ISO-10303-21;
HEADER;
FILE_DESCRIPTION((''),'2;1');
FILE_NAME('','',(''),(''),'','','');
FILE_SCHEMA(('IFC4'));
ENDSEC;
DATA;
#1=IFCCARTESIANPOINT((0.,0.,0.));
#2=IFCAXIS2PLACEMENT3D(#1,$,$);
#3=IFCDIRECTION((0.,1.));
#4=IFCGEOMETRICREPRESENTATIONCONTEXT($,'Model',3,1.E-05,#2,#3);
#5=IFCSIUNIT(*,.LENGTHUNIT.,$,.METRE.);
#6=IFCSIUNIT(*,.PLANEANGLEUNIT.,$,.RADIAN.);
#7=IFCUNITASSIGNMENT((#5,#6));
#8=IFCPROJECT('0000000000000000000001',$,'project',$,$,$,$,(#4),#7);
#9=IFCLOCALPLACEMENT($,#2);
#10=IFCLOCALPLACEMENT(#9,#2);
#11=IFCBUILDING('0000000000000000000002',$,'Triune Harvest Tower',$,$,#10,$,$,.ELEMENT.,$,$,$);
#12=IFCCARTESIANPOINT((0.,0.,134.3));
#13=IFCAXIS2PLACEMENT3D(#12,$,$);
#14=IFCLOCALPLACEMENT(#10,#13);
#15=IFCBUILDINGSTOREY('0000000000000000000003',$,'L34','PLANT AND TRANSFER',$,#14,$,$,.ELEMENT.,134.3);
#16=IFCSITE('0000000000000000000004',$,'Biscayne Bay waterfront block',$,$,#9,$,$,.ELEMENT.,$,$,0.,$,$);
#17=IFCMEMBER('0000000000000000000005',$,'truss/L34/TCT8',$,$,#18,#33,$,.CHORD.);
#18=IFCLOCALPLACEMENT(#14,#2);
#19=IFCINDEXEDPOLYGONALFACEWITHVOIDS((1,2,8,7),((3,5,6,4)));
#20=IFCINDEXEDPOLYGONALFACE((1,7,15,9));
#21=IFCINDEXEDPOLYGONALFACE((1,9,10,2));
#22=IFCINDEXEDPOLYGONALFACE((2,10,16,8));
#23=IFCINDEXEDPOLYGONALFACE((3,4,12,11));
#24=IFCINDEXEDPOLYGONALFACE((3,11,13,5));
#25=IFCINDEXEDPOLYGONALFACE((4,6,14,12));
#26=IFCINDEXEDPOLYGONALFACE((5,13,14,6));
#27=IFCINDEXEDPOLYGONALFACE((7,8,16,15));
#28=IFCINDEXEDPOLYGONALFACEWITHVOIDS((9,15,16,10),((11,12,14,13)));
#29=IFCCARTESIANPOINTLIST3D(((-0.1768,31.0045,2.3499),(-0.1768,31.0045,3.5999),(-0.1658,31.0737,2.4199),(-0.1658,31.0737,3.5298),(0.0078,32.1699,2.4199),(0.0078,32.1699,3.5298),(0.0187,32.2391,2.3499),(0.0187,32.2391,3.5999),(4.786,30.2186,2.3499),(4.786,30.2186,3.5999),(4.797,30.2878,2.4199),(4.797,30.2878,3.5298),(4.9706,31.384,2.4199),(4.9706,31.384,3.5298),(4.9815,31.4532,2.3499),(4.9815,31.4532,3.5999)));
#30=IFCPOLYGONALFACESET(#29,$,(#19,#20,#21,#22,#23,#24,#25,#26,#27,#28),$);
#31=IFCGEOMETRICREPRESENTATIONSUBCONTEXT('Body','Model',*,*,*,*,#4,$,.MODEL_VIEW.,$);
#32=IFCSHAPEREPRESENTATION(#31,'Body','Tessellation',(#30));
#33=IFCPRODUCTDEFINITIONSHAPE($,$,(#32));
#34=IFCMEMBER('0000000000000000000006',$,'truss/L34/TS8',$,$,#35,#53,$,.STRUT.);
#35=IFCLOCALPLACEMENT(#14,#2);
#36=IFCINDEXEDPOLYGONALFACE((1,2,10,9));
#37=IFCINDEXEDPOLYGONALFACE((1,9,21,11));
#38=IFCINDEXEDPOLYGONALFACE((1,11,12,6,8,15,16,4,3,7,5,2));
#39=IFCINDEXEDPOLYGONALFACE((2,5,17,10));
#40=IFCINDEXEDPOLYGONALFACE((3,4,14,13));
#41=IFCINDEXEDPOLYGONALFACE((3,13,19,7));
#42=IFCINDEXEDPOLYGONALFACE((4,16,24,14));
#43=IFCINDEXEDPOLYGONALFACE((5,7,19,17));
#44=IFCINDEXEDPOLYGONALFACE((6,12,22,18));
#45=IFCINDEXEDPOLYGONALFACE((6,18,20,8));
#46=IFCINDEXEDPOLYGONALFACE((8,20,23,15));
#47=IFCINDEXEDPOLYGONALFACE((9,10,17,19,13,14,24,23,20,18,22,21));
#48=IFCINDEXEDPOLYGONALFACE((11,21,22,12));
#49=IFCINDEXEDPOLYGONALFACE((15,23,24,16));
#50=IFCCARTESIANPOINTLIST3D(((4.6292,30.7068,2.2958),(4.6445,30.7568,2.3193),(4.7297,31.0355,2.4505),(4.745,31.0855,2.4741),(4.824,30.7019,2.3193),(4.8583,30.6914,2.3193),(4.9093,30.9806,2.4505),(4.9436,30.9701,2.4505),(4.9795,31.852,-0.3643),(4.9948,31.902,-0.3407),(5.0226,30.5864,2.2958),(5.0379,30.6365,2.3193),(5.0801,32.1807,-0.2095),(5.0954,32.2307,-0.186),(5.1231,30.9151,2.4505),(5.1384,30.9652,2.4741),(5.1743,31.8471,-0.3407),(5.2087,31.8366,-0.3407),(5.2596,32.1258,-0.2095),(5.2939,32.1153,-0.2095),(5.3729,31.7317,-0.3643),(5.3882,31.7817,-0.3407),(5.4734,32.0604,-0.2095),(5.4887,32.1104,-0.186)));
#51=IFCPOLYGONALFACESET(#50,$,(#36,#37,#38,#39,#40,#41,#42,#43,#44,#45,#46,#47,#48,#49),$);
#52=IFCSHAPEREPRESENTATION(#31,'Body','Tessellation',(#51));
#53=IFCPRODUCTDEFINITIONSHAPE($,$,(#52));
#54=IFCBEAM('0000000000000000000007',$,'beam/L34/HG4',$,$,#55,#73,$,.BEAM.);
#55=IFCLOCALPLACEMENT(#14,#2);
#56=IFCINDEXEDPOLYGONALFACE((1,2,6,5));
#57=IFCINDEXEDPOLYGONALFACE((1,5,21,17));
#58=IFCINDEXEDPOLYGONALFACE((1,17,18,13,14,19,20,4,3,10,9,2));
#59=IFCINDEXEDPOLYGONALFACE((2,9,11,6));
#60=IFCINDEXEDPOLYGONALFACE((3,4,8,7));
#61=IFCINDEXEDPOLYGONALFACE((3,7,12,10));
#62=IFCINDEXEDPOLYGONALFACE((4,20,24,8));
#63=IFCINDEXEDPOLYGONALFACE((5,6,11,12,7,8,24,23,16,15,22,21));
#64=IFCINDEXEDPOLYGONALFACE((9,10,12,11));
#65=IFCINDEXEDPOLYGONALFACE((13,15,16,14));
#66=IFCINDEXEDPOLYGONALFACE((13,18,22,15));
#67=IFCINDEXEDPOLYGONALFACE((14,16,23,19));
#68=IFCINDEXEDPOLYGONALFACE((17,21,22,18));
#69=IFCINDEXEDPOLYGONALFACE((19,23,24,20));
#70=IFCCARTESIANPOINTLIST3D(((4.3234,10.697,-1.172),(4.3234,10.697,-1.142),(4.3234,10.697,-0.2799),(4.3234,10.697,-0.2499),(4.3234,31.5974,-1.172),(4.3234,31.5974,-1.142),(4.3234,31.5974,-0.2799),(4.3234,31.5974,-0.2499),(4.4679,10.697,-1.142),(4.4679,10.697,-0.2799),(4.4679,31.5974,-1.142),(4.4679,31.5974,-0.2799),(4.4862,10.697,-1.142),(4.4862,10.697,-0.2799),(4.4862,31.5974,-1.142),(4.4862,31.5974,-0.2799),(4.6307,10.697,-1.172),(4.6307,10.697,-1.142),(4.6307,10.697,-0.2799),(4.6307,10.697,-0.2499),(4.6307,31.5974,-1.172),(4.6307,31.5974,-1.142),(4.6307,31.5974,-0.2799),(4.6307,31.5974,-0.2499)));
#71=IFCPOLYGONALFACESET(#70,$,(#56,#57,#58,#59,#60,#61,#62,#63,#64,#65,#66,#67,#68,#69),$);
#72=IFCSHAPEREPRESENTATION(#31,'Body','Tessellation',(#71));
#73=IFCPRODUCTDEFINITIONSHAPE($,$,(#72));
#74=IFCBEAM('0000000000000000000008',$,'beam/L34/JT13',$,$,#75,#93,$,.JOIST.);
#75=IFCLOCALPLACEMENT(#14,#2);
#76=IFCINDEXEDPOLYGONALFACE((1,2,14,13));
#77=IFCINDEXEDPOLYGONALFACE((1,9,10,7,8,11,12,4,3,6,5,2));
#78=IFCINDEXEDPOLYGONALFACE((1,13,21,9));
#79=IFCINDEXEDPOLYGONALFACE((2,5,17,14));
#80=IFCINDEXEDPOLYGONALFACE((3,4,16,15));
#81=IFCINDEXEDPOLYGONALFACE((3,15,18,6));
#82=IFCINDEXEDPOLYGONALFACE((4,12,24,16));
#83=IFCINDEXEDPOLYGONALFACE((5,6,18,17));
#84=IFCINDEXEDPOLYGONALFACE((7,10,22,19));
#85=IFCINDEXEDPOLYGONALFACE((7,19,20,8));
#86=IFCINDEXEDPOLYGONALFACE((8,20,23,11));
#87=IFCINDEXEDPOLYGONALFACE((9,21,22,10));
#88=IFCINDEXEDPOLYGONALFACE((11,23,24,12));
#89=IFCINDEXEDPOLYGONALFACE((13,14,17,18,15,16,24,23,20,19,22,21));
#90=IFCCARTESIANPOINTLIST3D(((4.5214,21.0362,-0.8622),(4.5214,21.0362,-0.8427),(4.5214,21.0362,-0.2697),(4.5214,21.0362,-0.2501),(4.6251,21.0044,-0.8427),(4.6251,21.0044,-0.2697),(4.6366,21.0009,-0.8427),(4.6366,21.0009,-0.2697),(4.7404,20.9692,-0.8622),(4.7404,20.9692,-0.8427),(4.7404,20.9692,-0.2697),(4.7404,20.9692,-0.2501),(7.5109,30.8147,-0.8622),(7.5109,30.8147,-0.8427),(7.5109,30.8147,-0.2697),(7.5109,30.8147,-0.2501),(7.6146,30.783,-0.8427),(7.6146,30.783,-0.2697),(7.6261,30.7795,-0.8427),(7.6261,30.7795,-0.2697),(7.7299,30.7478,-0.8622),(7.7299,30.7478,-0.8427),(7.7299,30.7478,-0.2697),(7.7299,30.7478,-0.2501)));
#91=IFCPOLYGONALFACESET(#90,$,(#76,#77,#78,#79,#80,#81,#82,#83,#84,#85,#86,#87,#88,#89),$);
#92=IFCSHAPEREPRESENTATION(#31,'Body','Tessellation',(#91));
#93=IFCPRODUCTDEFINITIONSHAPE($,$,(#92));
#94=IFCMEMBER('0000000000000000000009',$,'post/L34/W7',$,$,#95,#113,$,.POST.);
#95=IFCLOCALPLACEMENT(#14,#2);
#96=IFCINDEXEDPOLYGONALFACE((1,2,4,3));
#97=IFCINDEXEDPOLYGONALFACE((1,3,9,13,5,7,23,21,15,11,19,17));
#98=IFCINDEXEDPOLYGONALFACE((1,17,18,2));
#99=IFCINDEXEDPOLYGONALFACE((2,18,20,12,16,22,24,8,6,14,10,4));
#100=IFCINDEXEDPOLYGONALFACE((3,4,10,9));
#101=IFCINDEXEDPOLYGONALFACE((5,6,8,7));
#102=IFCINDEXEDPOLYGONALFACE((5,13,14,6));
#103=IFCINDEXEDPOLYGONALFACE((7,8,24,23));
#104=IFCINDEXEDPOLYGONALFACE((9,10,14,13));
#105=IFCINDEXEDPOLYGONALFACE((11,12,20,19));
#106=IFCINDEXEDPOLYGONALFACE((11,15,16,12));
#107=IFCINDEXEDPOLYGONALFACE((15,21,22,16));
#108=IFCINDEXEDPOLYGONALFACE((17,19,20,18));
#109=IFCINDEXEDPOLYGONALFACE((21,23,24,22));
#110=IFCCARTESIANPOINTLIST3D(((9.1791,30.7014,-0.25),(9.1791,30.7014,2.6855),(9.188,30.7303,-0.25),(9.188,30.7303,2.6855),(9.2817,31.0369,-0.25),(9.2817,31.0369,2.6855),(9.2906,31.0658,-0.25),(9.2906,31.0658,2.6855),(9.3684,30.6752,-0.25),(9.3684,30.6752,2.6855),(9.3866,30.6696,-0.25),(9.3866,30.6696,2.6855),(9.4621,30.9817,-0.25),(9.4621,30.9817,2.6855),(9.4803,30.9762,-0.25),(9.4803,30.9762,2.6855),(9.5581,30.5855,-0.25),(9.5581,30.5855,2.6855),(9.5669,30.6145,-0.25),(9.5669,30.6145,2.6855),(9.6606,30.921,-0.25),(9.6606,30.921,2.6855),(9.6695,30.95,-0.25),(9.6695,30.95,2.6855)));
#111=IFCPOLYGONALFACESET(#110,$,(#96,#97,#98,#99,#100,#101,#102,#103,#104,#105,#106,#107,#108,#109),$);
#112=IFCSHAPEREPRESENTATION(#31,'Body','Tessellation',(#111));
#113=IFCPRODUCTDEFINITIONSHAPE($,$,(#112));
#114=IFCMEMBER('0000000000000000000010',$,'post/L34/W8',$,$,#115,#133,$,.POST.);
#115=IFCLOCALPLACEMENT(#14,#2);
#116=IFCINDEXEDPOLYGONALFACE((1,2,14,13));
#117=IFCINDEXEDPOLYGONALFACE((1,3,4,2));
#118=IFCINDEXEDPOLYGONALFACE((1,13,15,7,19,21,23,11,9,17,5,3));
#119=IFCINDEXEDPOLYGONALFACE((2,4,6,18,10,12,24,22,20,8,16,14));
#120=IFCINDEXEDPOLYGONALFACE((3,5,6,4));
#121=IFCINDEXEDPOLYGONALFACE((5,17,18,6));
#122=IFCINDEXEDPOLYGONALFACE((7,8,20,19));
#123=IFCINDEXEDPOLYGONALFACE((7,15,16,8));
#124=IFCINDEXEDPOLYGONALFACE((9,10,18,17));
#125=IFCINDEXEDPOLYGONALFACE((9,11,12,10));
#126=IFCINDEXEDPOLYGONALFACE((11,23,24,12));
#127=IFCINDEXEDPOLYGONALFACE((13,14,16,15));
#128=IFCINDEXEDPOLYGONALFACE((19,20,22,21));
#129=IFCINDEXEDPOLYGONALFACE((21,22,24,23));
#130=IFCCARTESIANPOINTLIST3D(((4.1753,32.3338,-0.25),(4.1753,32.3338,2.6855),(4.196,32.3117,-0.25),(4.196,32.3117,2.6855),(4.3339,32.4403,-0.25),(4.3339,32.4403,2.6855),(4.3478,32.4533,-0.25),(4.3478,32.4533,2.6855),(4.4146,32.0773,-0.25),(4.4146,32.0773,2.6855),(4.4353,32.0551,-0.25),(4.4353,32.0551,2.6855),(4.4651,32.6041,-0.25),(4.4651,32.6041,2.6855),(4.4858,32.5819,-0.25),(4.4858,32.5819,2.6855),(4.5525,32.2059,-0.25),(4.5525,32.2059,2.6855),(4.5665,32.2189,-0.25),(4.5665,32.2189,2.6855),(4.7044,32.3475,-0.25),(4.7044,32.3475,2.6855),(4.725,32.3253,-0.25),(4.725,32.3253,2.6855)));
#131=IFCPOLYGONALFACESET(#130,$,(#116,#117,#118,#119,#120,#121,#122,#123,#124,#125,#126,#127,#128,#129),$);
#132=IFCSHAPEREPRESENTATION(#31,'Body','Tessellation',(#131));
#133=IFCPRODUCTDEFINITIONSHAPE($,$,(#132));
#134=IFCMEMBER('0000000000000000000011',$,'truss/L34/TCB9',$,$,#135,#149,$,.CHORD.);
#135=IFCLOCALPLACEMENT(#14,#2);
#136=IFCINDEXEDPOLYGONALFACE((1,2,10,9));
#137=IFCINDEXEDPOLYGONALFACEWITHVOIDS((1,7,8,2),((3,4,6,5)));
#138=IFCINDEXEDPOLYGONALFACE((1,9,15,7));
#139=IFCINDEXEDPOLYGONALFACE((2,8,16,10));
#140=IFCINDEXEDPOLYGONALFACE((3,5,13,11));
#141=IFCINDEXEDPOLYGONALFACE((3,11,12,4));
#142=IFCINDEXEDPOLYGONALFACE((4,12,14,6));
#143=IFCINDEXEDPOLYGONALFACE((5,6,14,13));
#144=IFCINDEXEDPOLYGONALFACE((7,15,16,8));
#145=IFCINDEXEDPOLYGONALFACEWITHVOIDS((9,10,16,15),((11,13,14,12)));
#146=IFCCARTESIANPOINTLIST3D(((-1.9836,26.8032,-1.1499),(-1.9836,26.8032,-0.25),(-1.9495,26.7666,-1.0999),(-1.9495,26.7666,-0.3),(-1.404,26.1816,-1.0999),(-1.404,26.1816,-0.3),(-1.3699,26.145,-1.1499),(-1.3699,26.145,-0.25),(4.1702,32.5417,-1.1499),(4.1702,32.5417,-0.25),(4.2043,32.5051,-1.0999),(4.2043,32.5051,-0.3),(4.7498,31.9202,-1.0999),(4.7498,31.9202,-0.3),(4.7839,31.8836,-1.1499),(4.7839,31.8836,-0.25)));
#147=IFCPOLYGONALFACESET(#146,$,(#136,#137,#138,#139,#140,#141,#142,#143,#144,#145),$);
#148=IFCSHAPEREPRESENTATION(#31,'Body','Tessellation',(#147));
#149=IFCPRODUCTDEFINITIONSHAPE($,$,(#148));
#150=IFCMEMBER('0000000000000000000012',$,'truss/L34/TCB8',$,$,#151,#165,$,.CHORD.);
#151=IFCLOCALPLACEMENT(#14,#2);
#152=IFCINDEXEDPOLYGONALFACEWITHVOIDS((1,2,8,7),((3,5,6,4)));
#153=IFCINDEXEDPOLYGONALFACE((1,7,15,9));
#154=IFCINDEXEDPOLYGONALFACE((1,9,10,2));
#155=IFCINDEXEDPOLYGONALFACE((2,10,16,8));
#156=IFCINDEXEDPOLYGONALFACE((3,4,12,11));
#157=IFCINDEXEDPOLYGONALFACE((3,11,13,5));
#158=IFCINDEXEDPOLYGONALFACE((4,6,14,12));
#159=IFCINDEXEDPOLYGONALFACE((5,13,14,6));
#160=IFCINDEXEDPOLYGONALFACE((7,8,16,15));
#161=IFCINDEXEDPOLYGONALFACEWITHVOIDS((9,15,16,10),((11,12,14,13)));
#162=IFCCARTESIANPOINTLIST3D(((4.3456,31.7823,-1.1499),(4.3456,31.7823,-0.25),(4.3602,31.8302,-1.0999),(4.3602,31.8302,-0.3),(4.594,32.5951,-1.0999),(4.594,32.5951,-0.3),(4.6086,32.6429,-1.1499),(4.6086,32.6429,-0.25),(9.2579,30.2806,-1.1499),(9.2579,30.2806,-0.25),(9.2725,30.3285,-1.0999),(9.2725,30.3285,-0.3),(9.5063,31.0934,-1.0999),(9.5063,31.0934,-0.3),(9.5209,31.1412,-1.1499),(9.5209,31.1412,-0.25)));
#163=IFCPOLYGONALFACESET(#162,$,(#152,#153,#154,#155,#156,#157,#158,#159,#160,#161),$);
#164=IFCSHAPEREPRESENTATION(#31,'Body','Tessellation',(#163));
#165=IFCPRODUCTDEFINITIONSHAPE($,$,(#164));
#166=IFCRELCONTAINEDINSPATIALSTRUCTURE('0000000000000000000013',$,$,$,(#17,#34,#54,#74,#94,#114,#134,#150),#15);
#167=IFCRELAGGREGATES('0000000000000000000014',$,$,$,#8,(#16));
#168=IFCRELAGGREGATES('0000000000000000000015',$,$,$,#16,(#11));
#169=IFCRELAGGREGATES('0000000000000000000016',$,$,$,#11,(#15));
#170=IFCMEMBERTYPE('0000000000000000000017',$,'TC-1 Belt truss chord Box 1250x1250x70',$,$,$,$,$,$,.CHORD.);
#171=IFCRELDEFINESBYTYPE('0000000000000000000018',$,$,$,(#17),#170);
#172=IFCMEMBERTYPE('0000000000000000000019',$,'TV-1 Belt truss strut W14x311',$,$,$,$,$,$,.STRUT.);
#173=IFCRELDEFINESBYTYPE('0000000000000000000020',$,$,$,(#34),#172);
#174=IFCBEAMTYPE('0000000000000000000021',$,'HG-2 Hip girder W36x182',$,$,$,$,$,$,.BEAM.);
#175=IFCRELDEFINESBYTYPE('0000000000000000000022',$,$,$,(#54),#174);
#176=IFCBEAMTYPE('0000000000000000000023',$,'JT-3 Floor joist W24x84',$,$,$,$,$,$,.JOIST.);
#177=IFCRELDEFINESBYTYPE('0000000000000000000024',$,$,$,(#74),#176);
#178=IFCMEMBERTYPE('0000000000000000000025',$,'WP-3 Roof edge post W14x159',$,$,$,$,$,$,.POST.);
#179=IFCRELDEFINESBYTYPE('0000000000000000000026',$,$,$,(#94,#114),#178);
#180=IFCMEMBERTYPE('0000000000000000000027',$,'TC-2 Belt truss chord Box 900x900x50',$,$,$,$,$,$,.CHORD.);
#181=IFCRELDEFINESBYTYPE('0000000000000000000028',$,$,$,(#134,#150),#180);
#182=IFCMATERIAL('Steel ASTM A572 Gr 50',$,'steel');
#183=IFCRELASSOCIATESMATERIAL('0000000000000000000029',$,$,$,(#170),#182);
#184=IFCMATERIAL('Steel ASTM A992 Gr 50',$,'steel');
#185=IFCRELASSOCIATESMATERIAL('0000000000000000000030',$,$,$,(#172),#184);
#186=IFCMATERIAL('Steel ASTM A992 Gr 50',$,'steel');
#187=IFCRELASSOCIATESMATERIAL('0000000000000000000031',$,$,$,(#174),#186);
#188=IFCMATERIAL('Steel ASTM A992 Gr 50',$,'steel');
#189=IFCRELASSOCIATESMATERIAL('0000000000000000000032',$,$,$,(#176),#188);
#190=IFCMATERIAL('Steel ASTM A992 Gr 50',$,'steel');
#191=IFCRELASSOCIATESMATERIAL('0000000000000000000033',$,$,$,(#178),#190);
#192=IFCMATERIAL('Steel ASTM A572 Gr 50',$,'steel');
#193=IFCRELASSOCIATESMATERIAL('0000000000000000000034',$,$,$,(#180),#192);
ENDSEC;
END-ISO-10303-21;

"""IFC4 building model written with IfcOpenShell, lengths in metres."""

from ifc_helpers import new_model, si_unit, direction, frame, origin, origin_2d, place, context, subcontext, project, spatial, hollow_rectangle, i_section, extrude, source, transform, mapped, material, material_profile, profile_set, type_object, element, save


model = new_model("IFC4")

# Units and contexts
model_context = context("Model", 3, precision=1e-05, world=origin(), true_north=direction((0.0, 1.0)))
body_context = subcontext(model_context, "Body", "Model", "MODEL_VIEW")
ifc_project = project(units=[si_unit("LENGTHUNIT", "METRE"), si_unit("PLANEANGLEUNIT", "RADIAN")], contexts=[model_context])

# Site, building, storey
site_placement = place(None, origin())
site = spatial("IfcSite", under=ifc_project, at=site_placement, Name="Biscayne Bay waterfront block", CompositionType="ELEMENT", RefElevation=0.0)
building_placement = place(site_placement, origin())
building = spatial("IfcBuilding", under=site, at=building_placement, Name="Triune Harvest Tower", CompositionType="ELEMENT")
storey_placement = place(building_placement, frame((0.0, 0.0, 134.3)))
storey = spatial("IfcBuildingStorey", under=building, at=storey_placement, Name="L34", Description="PLANT AND TRANSFER", CompositionType="ELEMENT", Elevation=134.3)

# Members
ifc_material_1 = material(Name="Steel ASTM A572 Gr 50", Category="steel")
ifc_material_profile_1 = material_profile(ifc_material_1, hollow_rectangle(XDim=1.25, YDim=1.25, WallThickness=0.0701, at=origin_2d()), Name="Box 1250x1250x70")
ifc_profile_set_1 = profile_set([ifc_material_profile_1], Name="Steel ASTM A572 Gr 50")
member_type_1 = type_object("IfcMemberType", Name="TC-1 Belt truss chord Box 1250x1250x70", PredefinedType="CHORD", material=ifc_profile_set_1)
member_1_placement = place(storey_placement, frame((4.8838, 30.8359, 2.9749), z_axis=(-0.987693, 0.156404, 0.0), x_axis=(-0.156404, -0.987693, 0.0)))
element("IfcMember", 1, at=member_1_placement, inside=storey, type_object=member_type_1, Name="truss/L34/TCT8", PredefinedType="CHORD", context=body_context, shape_type="SweptSolid", body=[
    extrude(hollow_rectangle(XDim=1.25, YDim=1.25, WallThickness=0.0701, at=origin_2d()), origin(), (0.0, 0.0, 1.0), 5.0247),
])
ifc_material_2 = material(Name="Steel ASTM A992 Gr 50", Category="steel")
ifc_material_profile_2 = material_profile(ifc_material_2, i_section(OverallWidth=0.4114, OverallDepth=0.4343, WebThickness=0.0359, FlangeThickness=0.0574, at=origin_2d()), Name="W14x311")
ifc_profile_set_2 = profile_set([ifc_material_profile_2], Name="Steel ASTM A992 Gr 50")
member_type_2 = type_object("IfcMemberType", Name="TV-1 Belt truss strut W14x311", PredefinedType="STRUT", material=ifc_profile_set_2)
member_2_placement = place(storey_placement, frame((5.2341, 31.9812, -0.2751), z_axis=(-0.12009, -0.392573, 0.911847), x_axis=(0.956258, -0.292524, 0.0)))
element("IfcMember", 2, at=member_2_placement, inside=storey, type_object=member_type_2, Name="truss/L34/TS8", PredefinedType="STRUT", context=body_context, shape_type="SweptSolid", body=[
    extrude(i_section(OverallWidth=0.4114, OverallDepth=0.4343, WebThickness=0.0359, FlangeThickness=0.0574, at=origin_2d()), origin(), (0.0, 0.0, 1.0), 2.9172),
])

# Beams
ifc_material_3 = material(Name="Steel ASTM A992 Gr 50", Category="steel")
ifc_material_profile_3 = material_profile(ifc_material_3, i_section(OverallWidth=0.3074, OverallDepth=0.9221, WebThickness=0.0183, FlangeThickness=0.03, at=origin_2d()), Name="W36x182")
ifc_profile_set_3 = profile_set([ifc_material_profile_3], Name="Steel ASTM A992 Gr 50")
beam_type_1 = type_object("IfcBeamType", Name="HG-2 Hip girder W36x182", PredefinedType="BEAM", material=ifc_profile_set_3)
shared_shape_1 = source(origin(), body_context, "Body", "SweptSolid", [
    extrude(i_section(OverallWidth=0.3074, OverallDepth=0.9221, WebThickness=0.0183, FlangeThickness=0.03, at=origin_2d()), origin(), (0.0, 0.0, 1.0), 20.9004),
])
beam_1_placement = place(storey_placement, frame((4.4771, 31.5974, -0.7109), z_axis=(0.0, -1.0, 0.0), x_axis=(1.0, 0.0, 0.0)))
element("IfcBeam", 3, at=beam_1_placement, inside=storey, type_object=beam_type_1, Name="beam/L34/HG4", PredefinedType="BEAM", context=body_context, shape_type="MappedRepresentation", body=[
    mapped(shared_shape_1, transform((0.0, 0.0, 0.0), scale=1.0)),
])
ifc_material_4 = material(Name="Steel ASTM A992 Gr 50", Category="steel")
ifc_material_profile_4 = material_profile(ifc_material_4, i_section(OverallWidth=0.229, OverallDepth=0.6121, WebThickness=0.012, FlangeThickness=0.0195, at=origin_2d()), Name="W24x84")
ifc_profile_set_4 = profile_set([ifc_material_profile_4], Name="Steel ASTM A992 Gr 50")
beam_type_2 = type_object("IfcBeamType", Name="JT-3 Floor joist W24x84", PredefinedType="JOIST", material=ifc_profile_set_4)
shared_shape_2 = source(origin(), body_context, "Body", "SweptSolid", [
    extrude(i_section(OverallWidth=0.229, OverallDepth=0.6121, WebThickness=0.012, FlangeThickness=0.0195, at=origin_2d()), origin(), (0.0, 0.0, 1.0), 10.2253),
])
beam_2_placement = place(storey_placement, frame((7.6204, 30.7812, -0.5562), z_axis=(-0.292362, -0.956308, 0.0), x_axis=(0.956308, -0.292362, 0.0)))
element("IfcBeam", 4, at=beam_2_placement, inside=storey, type_object=beam_type_2, Name="beam/L34/JT13", PredefinedType="JOIST", context=body_context, shape_type="MappedRepresentation", body=[
    mapped(shared_shape_2, transform((0.0, 0.0, 0.0), scale=1.0)),
])

# Members
ifc_material_5 = material(Name="Steel ASTM A992 Gr 50", Category="steel")
ifc_material_profile_5 = material_profile(ifc_material_5, i_section(OverallWidth=0.3962, OverallDepth=0.3811, WebThickness=0.019, FlangeThickness=0.0303, at=origin_2d()), Name="W14x159")
ifc_profile_set_5 = profile_set([ifc_material_profile_5], Name="Steel ASTM A992 Gr 50")
member_type_3 = type_object("IfcMemberType", Name="WP-3 Roof edge post W14x159", PredefinedType="POST", material=ifc_profile_set_5)
shared_shape_3 = source(origin(), body_context, "Body", "SweptSolid", [
    extrude(i_section(OverallWidth=0.3962, OverallDepth=0.3811, WebThickness=0.019, FlangeThickness=0.0303, at=origin_2d()), origin(), (0.0, 0.0, 1.0), 2.9355),
])
for number, where, z_axis, x_axis, name in (
    (5, (9.4243, 30.8257, -0.25), (0.0, 0.0, 1.0), (-0.956305, 0.292372, 0.0), "post/L34/W7"),
    (6, (4.4502, 32.3296, -0.25), (0.0, 0.0, 1.0), (-0.731355, -0.681997, 0.0), "post/L34/W8"),
):
    element("IfcMember", number, at=place(storey_placement, frame(where, z_axis=z_axis, x_axis=x_axis)), inside=storey, type_object=member_type_3, Name=name, PredefinedType="POST", context=body_context, shape_type="MappedRepresentation", body=[
        mapped(shared_shape_3, transform((0.0, 0.0, 0.0), scale=1.0)),
    ])
ifc_material_6 = material(Name="Steel ASTM A572 Gr 50", Category="steel")
ifc_material_profile_6 = material_profile(ifc_material_6, hollow_rectangle(XDim=0.8999, YDim=0.8999, WallThickness=0.05, at=origin_2d()), Name="Box 900x900x50")
ifc_profile_set_6 = profile_set([ifc_material_profile_6], Name="Steel ASTM A572 Gr 50")
member_type_4 = type_object("IfcMemberType", Name="TC-2 Belt truss chord Box 900x900x50", PredefinedType="CHORD", material=ifc_profile_set_6)
shared_shape_4 = source(origin(), body_context, "Body", "SweptSolid", [
    extrude(hollow_rectangle(XDim=0.8999, YDim=0.8999, WallThickness=0.05, at=origin_2d()), origin(), (0.0, 0.0, 1.0), 8.4143),
])
member_3_placement = place(storey_placement, frame((4.4771, 32.2126, -0.7), z_axis=(-0.731353, -0.681999, 0.0), x_axis=(0.681999, -0.731353, 0.0)))
element("IfcMember", 7, at=member_3_placement, inside=storey, type_object=member_type_4, Name="truss/L34/TCB9", PredefinedType="CHORD", context=body_context, shape_type="MappedRepresentation", body=[
    mapped(shared_shape_4, transform((0.0, 0.0, 0.0), scale=1.0)),
])
shared_shape_5 = source(origin(), body_context, "Body", "SweptSolid", [
    extrude(hollow_rectangle(XDim=0.8999, YDim=0.8999, WallThickness=0.05, at=origin_2d()), origin(), (0.0, 0.0, 1.0), 5.1367),
])
member_4_placement = place(storey_placement, frame((9.3894, 30.7109, -0.7), z_axis=(-0.956313, 0.292345, 0.0), x_axis=(-0.292345, -0.956313, 0.0)))
element("IfcMember", 8, at=member_4_placement, inside=storey, type_object=member_type_4, Name="truss/L34/TCB8", PredefinedType="CHORD", context=body_context, shape_type="MappedRepresentation", body=[
    mapped(shared_shape_5, transform((0.0, 0.0, 0.0), scale=1.0)),
])

save(model, "model.ifc")
